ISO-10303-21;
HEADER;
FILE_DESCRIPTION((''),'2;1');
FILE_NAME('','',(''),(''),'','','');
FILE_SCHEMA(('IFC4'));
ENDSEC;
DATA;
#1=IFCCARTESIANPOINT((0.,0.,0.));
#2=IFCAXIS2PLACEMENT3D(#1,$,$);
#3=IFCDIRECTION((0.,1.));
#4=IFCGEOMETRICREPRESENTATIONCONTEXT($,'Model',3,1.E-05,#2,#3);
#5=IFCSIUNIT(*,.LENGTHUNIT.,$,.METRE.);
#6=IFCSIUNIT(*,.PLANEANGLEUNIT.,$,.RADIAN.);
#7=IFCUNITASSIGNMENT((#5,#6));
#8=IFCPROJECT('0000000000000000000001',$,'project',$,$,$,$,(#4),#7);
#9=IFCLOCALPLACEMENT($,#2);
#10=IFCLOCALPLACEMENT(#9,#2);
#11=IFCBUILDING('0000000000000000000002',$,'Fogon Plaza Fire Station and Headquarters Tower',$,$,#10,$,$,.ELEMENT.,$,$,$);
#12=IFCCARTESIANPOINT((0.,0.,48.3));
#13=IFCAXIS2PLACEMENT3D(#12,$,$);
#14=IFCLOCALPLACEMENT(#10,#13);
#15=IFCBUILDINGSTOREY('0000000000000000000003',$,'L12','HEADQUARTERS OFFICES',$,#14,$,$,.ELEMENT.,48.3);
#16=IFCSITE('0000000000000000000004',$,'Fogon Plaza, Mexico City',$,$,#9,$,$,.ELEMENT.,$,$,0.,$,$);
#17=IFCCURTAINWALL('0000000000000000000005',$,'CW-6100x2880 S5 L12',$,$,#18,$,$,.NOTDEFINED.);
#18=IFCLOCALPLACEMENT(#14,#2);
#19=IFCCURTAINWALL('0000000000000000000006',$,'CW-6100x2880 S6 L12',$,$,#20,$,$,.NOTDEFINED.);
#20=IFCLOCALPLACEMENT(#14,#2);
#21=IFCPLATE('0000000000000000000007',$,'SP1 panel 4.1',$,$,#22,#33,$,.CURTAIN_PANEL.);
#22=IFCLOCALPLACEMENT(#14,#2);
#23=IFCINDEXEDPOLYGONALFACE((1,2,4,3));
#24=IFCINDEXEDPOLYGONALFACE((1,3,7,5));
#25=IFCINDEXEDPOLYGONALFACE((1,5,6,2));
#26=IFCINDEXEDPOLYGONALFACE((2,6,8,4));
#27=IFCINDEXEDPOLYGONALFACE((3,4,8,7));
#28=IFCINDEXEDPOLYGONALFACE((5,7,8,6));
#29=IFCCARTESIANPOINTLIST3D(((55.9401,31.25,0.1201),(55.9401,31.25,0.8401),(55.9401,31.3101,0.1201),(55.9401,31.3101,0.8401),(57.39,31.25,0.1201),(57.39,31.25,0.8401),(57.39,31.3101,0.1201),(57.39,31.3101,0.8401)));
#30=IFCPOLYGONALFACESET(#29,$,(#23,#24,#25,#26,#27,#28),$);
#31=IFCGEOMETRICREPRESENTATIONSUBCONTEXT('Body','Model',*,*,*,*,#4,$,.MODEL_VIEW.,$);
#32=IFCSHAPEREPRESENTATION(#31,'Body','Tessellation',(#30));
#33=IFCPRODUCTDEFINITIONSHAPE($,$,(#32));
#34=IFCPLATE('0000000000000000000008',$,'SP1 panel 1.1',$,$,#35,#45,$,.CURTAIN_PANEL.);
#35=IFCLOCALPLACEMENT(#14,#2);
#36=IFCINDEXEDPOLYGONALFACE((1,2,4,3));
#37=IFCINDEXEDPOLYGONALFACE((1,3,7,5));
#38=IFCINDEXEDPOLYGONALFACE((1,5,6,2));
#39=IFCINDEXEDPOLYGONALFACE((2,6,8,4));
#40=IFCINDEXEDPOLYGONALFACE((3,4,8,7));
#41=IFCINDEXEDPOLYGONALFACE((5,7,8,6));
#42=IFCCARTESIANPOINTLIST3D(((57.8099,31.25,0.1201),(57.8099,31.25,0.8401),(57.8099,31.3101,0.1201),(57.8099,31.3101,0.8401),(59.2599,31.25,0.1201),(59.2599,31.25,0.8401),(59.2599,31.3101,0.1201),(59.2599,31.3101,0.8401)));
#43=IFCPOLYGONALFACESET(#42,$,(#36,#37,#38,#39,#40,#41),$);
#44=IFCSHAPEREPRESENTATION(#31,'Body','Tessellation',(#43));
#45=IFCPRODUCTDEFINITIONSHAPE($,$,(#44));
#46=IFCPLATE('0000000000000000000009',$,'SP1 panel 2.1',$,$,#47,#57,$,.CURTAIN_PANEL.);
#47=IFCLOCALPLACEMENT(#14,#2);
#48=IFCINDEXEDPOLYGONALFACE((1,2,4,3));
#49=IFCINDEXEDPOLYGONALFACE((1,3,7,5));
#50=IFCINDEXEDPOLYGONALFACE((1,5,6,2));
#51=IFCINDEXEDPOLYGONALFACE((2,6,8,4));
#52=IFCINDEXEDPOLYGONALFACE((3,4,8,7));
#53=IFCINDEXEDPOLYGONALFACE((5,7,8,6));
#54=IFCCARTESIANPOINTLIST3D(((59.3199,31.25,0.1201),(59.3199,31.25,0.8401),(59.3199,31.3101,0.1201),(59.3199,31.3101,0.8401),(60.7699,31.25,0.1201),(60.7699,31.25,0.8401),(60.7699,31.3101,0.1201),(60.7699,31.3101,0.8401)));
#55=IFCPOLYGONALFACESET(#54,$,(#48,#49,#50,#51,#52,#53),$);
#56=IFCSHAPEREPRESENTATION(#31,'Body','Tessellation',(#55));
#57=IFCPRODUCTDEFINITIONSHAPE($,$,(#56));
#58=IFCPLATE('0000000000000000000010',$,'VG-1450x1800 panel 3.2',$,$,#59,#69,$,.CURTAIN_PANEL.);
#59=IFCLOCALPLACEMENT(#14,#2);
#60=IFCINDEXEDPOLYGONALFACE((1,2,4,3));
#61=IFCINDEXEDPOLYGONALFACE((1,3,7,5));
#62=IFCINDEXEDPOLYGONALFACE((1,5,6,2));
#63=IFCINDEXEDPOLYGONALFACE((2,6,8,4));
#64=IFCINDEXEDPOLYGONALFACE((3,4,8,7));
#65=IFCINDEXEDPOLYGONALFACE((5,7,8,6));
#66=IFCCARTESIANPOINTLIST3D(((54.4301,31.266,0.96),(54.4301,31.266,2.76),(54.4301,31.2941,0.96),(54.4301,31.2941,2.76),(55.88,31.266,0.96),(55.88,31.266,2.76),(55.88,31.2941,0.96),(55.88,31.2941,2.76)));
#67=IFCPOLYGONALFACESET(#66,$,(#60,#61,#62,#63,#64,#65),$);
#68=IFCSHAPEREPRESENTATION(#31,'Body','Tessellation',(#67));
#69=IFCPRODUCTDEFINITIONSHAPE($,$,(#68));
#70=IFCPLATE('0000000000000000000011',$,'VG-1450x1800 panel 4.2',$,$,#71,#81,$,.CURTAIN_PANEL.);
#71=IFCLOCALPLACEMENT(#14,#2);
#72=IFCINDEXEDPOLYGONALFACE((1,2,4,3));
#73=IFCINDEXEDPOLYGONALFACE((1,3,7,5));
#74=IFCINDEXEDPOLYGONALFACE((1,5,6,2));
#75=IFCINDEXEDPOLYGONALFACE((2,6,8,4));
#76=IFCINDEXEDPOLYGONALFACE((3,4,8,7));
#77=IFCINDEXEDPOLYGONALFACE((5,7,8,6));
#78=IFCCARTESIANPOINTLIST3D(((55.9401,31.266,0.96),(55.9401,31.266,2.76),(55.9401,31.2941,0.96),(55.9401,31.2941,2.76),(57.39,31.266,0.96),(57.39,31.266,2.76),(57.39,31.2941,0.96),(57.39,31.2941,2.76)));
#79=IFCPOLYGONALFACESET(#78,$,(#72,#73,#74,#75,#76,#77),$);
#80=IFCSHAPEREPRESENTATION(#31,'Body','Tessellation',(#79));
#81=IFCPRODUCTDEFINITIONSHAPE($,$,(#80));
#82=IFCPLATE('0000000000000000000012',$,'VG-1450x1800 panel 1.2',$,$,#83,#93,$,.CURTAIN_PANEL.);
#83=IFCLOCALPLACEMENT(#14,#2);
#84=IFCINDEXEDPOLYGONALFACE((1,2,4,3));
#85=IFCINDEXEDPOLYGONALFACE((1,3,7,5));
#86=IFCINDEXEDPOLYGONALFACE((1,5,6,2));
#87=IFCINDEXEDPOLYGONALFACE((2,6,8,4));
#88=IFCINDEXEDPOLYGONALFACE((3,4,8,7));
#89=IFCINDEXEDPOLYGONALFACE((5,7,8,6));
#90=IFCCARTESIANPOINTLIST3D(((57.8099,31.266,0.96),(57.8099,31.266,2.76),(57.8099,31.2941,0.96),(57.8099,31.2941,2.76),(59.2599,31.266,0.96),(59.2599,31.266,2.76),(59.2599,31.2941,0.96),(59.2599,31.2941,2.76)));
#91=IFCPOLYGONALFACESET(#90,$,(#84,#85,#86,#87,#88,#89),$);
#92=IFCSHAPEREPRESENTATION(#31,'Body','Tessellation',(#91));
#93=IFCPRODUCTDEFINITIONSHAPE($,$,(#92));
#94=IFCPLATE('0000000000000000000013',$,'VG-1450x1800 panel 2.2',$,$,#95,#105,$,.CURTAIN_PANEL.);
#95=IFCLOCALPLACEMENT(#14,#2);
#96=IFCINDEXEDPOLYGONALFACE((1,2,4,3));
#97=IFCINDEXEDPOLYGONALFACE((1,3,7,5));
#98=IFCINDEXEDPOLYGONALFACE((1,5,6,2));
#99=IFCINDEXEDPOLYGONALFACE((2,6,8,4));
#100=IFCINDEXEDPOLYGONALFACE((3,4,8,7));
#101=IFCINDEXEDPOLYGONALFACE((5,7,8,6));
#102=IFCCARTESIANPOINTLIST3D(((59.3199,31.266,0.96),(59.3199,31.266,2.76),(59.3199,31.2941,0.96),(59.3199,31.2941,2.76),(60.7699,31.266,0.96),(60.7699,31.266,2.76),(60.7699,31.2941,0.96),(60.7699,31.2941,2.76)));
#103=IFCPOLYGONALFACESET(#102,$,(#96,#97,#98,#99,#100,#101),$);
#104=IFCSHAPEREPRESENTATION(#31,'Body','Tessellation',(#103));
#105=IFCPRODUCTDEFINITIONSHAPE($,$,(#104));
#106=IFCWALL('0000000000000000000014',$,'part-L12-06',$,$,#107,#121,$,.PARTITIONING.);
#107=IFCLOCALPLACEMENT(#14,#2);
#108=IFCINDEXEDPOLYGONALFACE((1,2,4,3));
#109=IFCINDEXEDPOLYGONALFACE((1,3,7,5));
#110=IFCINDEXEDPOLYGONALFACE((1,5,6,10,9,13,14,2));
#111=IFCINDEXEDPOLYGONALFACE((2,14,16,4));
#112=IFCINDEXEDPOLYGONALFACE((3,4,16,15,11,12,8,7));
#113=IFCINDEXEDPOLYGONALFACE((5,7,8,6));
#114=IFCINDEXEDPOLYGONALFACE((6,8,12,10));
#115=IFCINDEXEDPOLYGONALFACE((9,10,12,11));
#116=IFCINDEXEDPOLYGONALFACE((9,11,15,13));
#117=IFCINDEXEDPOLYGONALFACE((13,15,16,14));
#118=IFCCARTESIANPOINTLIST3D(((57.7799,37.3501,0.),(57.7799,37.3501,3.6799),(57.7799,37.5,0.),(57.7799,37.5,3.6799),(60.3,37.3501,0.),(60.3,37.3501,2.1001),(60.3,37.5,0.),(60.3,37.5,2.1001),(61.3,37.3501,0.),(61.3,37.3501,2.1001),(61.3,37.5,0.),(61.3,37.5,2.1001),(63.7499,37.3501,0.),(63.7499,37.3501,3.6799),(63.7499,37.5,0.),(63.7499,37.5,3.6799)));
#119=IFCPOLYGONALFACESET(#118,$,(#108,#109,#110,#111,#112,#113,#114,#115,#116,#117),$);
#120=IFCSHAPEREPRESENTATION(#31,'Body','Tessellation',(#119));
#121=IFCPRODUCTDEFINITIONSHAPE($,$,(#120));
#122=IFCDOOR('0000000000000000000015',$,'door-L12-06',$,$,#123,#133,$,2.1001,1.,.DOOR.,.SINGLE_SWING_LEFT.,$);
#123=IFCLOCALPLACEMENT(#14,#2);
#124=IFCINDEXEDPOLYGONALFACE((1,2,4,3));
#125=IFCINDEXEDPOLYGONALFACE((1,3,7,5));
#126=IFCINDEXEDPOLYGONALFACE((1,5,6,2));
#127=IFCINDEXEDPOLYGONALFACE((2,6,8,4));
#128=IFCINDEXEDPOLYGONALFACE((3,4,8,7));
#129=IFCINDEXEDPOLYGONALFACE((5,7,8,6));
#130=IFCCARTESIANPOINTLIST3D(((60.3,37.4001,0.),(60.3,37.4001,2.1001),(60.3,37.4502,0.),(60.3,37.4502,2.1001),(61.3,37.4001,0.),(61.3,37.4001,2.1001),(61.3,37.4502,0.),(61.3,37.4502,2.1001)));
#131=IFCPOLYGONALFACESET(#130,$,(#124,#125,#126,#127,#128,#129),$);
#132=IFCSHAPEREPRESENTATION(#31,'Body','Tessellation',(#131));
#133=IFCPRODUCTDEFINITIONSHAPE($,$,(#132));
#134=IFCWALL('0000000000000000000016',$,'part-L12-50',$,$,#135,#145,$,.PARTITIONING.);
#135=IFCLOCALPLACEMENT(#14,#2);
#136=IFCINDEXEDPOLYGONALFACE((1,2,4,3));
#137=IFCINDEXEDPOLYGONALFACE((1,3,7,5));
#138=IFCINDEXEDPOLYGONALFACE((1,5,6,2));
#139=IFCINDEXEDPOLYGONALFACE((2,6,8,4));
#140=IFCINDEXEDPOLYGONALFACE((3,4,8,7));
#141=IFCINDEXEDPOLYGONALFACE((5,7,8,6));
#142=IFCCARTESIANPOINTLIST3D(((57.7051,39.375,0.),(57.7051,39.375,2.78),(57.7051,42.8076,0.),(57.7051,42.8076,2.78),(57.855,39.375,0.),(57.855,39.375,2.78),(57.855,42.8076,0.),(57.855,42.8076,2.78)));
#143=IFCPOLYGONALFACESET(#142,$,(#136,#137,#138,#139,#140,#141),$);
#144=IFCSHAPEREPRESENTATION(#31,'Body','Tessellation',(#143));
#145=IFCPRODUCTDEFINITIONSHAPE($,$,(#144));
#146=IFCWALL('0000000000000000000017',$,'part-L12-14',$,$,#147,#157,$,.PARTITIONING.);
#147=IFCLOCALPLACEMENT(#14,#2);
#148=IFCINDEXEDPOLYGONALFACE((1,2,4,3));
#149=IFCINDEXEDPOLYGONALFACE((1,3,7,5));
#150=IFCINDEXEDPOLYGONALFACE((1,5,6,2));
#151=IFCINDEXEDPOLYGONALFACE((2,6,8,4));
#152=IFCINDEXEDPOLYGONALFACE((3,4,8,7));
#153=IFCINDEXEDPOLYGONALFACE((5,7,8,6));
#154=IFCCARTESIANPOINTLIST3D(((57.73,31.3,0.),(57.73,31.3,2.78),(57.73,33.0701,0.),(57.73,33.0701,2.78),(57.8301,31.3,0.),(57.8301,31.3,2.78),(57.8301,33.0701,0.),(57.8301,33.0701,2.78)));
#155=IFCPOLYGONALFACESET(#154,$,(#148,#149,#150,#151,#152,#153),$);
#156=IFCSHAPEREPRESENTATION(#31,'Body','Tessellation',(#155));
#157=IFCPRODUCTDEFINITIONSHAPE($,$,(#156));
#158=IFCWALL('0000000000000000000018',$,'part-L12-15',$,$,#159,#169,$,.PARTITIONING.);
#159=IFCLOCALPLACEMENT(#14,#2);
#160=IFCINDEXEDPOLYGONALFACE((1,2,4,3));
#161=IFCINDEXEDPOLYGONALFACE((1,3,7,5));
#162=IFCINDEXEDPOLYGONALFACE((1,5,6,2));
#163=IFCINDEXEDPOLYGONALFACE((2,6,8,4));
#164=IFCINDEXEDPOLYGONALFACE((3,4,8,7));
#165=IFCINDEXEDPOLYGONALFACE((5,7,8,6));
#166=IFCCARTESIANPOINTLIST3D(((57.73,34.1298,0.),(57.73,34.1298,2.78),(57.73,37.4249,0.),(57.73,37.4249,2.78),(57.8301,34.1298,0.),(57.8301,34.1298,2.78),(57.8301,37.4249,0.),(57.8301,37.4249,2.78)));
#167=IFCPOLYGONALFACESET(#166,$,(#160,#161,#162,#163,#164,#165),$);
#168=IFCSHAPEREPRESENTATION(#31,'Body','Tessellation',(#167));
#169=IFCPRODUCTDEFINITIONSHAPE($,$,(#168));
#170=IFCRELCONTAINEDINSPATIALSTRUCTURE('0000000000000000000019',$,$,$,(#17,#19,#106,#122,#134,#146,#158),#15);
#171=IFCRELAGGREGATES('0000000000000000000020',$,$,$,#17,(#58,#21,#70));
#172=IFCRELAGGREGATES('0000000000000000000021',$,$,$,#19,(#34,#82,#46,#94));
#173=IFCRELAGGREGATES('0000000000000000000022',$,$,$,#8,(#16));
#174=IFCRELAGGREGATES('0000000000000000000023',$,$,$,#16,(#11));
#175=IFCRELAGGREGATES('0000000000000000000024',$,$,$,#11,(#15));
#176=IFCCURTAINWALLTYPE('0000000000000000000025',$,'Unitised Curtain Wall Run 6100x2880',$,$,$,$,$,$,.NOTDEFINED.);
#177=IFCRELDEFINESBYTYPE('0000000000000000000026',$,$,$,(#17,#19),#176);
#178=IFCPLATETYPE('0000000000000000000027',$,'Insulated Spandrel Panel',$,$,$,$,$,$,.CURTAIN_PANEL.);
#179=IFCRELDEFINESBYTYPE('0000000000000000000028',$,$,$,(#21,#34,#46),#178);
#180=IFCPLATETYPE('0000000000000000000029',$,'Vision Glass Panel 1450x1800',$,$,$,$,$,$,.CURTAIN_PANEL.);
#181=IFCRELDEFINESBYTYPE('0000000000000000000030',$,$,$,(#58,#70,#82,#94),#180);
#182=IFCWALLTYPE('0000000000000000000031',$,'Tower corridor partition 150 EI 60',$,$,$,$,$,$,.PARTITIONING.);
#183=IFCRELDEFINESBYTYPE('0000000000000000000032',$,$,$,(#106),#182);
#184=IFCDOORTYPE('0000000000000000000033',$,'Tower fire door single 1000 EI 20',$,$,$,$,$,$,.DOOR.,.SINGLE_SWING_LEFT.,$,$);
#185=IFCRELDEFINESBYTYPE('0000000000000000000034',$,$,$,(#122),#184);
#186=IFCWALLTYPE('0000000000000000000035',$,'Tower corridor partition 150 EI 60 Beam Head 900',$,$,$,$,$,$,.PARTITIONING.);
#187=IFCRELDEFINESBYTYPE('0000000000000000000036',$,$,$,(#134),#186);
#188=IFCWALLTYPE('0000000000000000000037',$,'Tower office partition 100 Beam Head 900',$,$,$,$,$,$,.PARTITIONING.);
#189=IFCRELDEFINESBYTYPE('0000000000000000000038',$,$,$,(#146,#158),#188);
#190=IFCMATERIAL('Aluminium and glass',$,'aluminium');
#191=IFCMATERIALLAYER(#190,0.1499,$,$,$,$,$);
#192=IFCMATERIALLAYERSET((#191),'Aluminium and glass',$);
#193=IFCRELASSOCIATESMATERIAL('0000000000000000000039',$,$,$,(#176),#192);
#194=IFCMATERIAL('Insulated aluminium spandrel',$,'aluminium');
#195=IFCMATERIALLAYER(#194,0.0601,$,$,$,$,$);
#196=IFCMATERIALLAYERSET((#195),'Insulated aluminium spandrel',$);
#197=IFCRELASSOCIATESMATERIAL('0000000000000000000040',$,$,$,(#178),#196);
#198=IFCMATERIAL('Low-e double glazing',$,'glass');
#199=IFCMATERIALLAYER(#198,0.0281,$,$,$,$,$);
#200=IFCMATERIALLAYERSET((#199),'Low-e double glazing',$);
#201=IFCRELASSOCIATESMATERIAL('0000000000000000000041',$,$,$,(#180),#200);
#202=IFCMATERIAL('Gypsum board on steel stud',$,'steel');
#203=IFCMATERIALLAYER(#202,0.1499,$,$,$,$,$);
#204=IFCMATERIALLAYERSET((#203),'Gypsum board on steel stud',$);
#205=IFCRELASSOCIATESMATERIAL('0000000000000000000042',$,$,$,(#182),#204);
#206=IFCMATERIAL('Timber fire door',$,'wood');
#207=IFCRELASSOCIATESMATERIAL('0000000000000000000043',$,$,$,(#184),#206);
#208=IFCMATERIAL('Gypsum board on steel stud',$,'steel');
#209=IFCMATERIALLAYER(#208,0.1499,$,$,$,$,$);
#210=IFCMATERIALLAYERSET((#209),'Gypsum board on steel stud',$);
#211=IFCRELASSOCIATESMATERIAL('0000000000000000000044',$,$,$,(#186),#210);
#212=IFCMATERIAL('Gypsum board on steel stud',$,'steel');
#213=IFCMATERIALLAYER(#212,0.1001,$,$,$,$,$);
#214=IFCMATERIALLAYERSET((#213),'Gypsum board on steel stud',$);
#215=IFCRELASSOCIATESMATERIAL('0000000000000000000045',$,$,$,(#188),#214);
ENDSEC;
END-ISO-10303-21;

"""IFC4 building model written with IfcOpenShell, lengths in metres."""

from ifc_helpers import new_model, si_unit, direction, frame, frame_2d, origin, origin_2d, place, context, subcontext, project, spatial, rectangle, extrude, material, layer, layer_set, type_object, element, fill, aggregate, save


model = new_model("IFC4")

# Units and contexts
model_context = context("Model", 3, precision=1e-05, world=origin(), true_north=direction((0.0, 1.0)))
body_context = subcontext(model_context, "Body", "Model", "MODEL_VIEW")
ifc_project = project(units=[si_unit("LENGTHUNIT", "METRE"), si_unit("PLANEANGLEUNIT", "RADIAN")], contexts=[model_context])

# Site, building, storey
site_placement = place(None, origin())
site = spatial("IfcSite", under=ifc_project, at=site_placement, Name="Fogon Plaza, Mexico City", CompositionType="ELEMENT", RefElevation=0.0)
building_placement = place(site_placement, origin())
building = spatial("IfcBuilding", under=site, at=building_placement, Name="Fogon Plaza Fire Station and Headquarters Tower", CompositionType="ELEMENT")
storey_placement = place(building_placement, frame((0.0, 0.0, 48.3)))
storey = spatial("IfcBuildingStorey", under=building, at=storey_placement, Name="L12", Description="HEADQUARTERS OFFICES", CompositionType="ELEMENT", Elevation=48.3)

# Curtain walls
ifc_material_1 = material(Name="Aluminium and glass", Category="aluminium")
ifc_layer_1 = layer(ifc_material_1, 0.1499)
ifc_layer_set_1 = layer_set([ifc_layer_1], Name="Aluminium and glass")
curtain_wall_type = type_object("IfcCurtainWallType", Name="Unitised Curtain Wall Run 6100x2880", PredefinedType="NOTDEFINED", material=ifc_layer_set_1)
curtain_wall_1_placement = place(storey_placement, origin())
curtain_wall_1 = element("IfcCurtainWall", 1, at=curtain_wall_1_placement, inside=storey, type_object=curtain_wall_type, Name="CW-6100x2880 S5 L12", PredefinedType="NOTDEFINED")
curtain_wall_2_placement = place(storey_placement, origin())
curtain_wall_2 = element("IfcCurtainWall", 2, at=curtain_wall_2_placement, inside=storey, type_object=curtain_wall_type, Name="CW-6100x2880 S6 L12", PredefinedType="NOTDEFINED")

# Plates
ifc_material_2 = material(Name="Insulated aluminium spandrel", Category="aluminium")
ifc_layer_2 = layer(ifc_material_2, 0.0601)
ifc_layer_set_2 = layer_set([ifc_layer_2], Name="Insulated aluminium spandrel")
plate_type_1 = type_object("IfcPlateType", Name="Insulated Spandrel Panel", PredefinedType="CURTAIN_PANEL", material=ifc_layer_set_2)
plate_1_placement = place(storey_placement, frame((56.665, 31.28, 0.1201), z_axis=(0.0, 0.0, 1.0), x_axis=(1.0, 0.0, 0.0)))
plate_1 = element("IfcPlate", 3, at=plate_1_placement, type_object=plate_type_1, Name="SP1 panel 4.1", PredefinedType="CURTAIN_PANEL", context=body_context, shape_type="SweptSolid", body=[
    extrude(rectangle(XDim=1.45, YDim=0.0601, at=origin_2d()), origin(), (0.0, 0.0, 1.0), 0.72),
])
plate_2_placement = place(storey_placement, frame((58.5349, 31.28, 0.1201), z_axis=(0.0, 0.0, 1.0), x_axis=(1.0, 0.0, 0.0)))
plate_2 = element("IfcPlate", 4, at=plate_2_placement, type_object=plate_type_1, Name="SP1 panel 1.1", PredefinedType="CURTAIN_PANEL", context=body_context, shape_type="SweptSolid", body=[
    extrude(rectangle(XDim=1.45, YDim=0.0601, at=origin_2d()), origin(), (0.0, 0.0, 1.0), 0.72),
])
plate_3_placement = place(storey_placement, frame((60.0449, 31.28, 0.1201), z_axis=(0.0, 0.0, 1.0), x_axis=(1.0, 0.0, 0.0)))
plate_3 = element("IfcPlate", 5, at=plate_3_placement, type_object=plate_type_1, Name="SP1 panel 2.1", PredefinedType="CURTAIN_PANEL", context=body_context, shape_type="SweptSolid", body=[
    extrude(rectangle(XDim=1.45, YDim=0.0601, at=origin_2d()), origin(), (0.0, 0.0, 1.0), 0.72),
])
ifc_material_3 = material(Name="Low-e double glazing", Category="glass")
ifc_layer_3 = layer(ifc_material_3, 0.0281)
ifc_layer_set_3 = layer_set([ifc_layer_3], Name="Low-e double glazing")
plate_type_2 = type_object("IfcPlateType", Name="Vision Glass Panel 1450x1800", PredefinedType="CURTAIN_PANEL", material=ifc_layer_set_3)
plate_4_placement = place(storey_placement, frame((55.155, 31.28, 0.96), z_axis=(0.0, 0.0, 1.0), x_axis=(1.0, 0.0, 0.0)))
plate_4 = element("IfcPlate", 6, at=plate_4_placement, type_object=plate_type_2, Name="VG-1450x1800 panel 3.2", PredefinedType="CURTAIN_PANEL", context=body_context, shape_type="SweptSolid", body=[
    extrude(rectangle(XDim=1.45, YDim=0.0281, at=origin_2d()), origin(), (0.0, 0.0, 1.0), 1.8),
])
plate_5_placement = place(storey_placement, frame((56.665, 31.28, 0.96), z_axis=(0.0, 0.0, 1.0), x_axis=(1.0, 0.0, 0.0)))
plate_5 = element("IfcPlate", 7, at=plate_5_placement, type_object=plate_type_2, Name="VG-1450x1800 panel 4.2", PredefinedType="CURTAIN_PANEL", context=body_context, shape_type="SweptSolid", body=[
    extrude(rectangle(XDim=1.45, YDim=0.0281, at=origin_2d()), origin(), (0.0, 0.0, 1.0), 1.8),
])
aggregate(curtain_wall_1, [plate_4, plate_1, plate_5])
plate_6_placement = place(storey_placement, frame((58.5349, 31.28, 0.96), z_axis=(0.0, 0.0, 1.0), x_axis=(1.0, 0.0, 0.0)))
plate_6 = element("IfcPlate", 8, at=plate_6_placement, type_object=plate_type_2, Name="VG-1450x1800 panel 1.2", PredefinedType="CURTAIN_PANEL", context=body_context, shape_type="SweptSolid", body=[
    extrude(rectangle(XDim=1.45, YDim=0.0281, at=origin_2d()), origin(), (0.0, 0.0, 1.0), 1.8),
])
plate_7_placement = place(storey_placement, frame((60.0449, 31.28, 0.96), z_axis=(0.0, 0.0, 1.0), x_axis=(1.0, 0.0, 0.0)))
plate_7 = element("IfcPlate", 9, at=plate_7_placement, type_object=plate_type_2, Name="VG-1450x1800 panel 2.2", PredefinedType="CURTAIN_PANEL", context=body_context, shape_type="SweptSolid", body=[
    extrude(rectangle(XDim=1.45, YDim=0.0281, at=origin_2d()), origin(), (0.0, 0.0, 1.0), 1.8),
])
aggregate(curtain_wall_2, [plate_2, plate_6, plate_3, plate_7])

# Wall, opening, door
ifc_material_4 = material(Name="Gypsum board on steel stud", Category="steel")
ifc_layer_4 = layer(ifc_material_4, 0.1499)
ifc_layer_set_4 = layer_set([ifc_layer_4], Name="Gypsum board on steel stud")
wall_type_1 = type_object("IfcWallType", Name="Tower corridor partition 150 EI 60", PredefinedType="PARTITIONING", material=ifc_layer_set_4)
wall_1_placement = place(storey_placement, frame((57.78, 37.425, 0.0), z_axis=(0.0, 0.0, 1.0), x_axis=(1.0, 0.0, 0.0)))
wall_1 = element("IfcWall", 10, at=wall_1_placement, inside=storey, type_object=wall_type_1, Name="part-L12-06", PredefinedType="PARTITIONING", context=body_context, shape_type="SweptSolid", body=[
    extrude(rectangle(XDim=5.97, YDim=0.1499, at=frame_2d((2.9849, 0.0))), origin(), (0.0, 0.0, 1.0), 3.6799),
])
opening_placement = place(wall_1_placement, frame((2.52, 0.0, 0.0)))
opening = element("IfcOpeningElement", 11, at=opening_placement, cuts=wall_1, PredefinedType="OPENING", context=body_context, shape_type="SweptSolid", body=[
    extrude(rectangle(XDim=1.0, YDim=2.1001, at=frame_2d((0.5, 1.05))), frame((0.0, 0.085, 0.0), z_axis=(0.0, -1.0, 0.0), x_axis=(1.0, 0.0, 0.0)), (0.0, 0.0, 1.0), 0.1699),
])
ifc_material_5 = material(Name="Timber fire door", Category="wood")
door_type = type_object("IfcDoorType", Name="Tower fire door single 1000 EI 20", OperationType="SINGLE_SWING_LEFT", PredefinedType="DOOR", material=ifc_material_5)
door_placement = place(opening_placement, frame((1.0, 0.0, 0.0), z_axis=(0.0, 0.0, 1.0), x_axis=(-1.0, 0.0, 0.0)))
door = element("IfcDoor", 12, at=door_placement, inside=storey, type_object=door_type, Name="door-L12-06", OperationType="SINGLE_SWING_LEFT", OverallHeight=2.1001, OverallWidth=1.0, PredefinedType="DOOR", context=body_context, shape_type="SweptSolid", body=[
    extrude(rectangle(XDim=1.0, YDim=2.1001, at=frame_2d((0.5, 1.05))), frame((0.0, 0.0249, 0.0), z_axis=(0.0, -1.0, 0.0), x_axis=(1.0, 0.0, 0.0)), (0.0, 0.0, 1.0), 0.05),
])
fill(opening, door)

# Walls
ifc_material_6 = material(Name="Gypsum board on steel stud", Category="steel")
ifc_layer_5 = layer(ifc_material_6, 0.1499)
ifc_layer_set_5 = layer_set([ifc_layer_5], Name="Gypsum board on steel stud")
wall_type_2 = type_object("IfcWallType", Name="Tower corridor partition 150 EI 60 Beam Head 900", PredefinedType="PARTITIONING", material=ifc_layer_set_5)
wall_2_placement = place(storey_placement, frame((57.78, 39.375, 0.0), z_axis=(0.0, 0.0, 1.0), x_axis=(0.0, 1.0, 0.0)))
element("IfcWall", 13, at=wall_2_placement, inside=storey, type_object=wall_type_2, Name="part-L12-50", PredefinedType="PARTITIONING", context=body_context, shape_type="SweptSolid", body=[
    extrude(rectangle(XDim=3.4326, YDim=0.1499, at=frame_2d((1.7163, 0.0))), origin(), (0.0, 0.0, 1.0), 2.78),
])
ifc_material_7 = material(Name="Gypsum board on steel stud", Category="steel")
ifc_layer_6 = layer(ifc_material_7, 0.1001)
ifc_layer_set_6 = layer_set([ifc_layer_6], Name="Gypsum board on steel stud")
wall_type_3 = type_object("IfcWallType", Name="Tower office partition 100 Beam Head 900", PredefinedType="PARTITIONING", material=ifc_layer_set_6)
wall_3_placement = place(storey_placement, frame((57.78, 31.3, 0.0), z_axis=(0.0, 0.0, 1.0), x_axis=(0.0, 1.0, 0.0)))
element("IfcWall", 14, at=wall_3_placement, inside=storey, type_object=wall_type_3, Name="part-L12-14", PredefinedType="PARTITIONING", context=body_context, shape_type="SweptSolid", body=[
    extrude(rectangle(XDim=1.77, YDim=0.1001, at=frame_2d((0.885, 0.0))), origin(), (0.0, 0.0, 1.0), 2.78),
])
wall_4_placement = place(storey_placement, frame((57.78, 34.1299, 0.0), z_axis=(0.0, 0.0, 1.0), x_axis=(0.0, 1.0, 0.0)))
element("IfcWall", 15, at=wall_4_placement, inside=storey, type_object=wall_type_3, Name="part-L12-15", PredefinedType="PARTITIONING", context=body_context, shape_type="SweptSolid", body=[
    extrude(rectangle(XDim=3.2952, YDim=0.1001, at=frame_2d((1.6475, 0.0))), origin(), (0.0, 0.0, 1.0), 2.78),
])

save(model, "model.ifc")
